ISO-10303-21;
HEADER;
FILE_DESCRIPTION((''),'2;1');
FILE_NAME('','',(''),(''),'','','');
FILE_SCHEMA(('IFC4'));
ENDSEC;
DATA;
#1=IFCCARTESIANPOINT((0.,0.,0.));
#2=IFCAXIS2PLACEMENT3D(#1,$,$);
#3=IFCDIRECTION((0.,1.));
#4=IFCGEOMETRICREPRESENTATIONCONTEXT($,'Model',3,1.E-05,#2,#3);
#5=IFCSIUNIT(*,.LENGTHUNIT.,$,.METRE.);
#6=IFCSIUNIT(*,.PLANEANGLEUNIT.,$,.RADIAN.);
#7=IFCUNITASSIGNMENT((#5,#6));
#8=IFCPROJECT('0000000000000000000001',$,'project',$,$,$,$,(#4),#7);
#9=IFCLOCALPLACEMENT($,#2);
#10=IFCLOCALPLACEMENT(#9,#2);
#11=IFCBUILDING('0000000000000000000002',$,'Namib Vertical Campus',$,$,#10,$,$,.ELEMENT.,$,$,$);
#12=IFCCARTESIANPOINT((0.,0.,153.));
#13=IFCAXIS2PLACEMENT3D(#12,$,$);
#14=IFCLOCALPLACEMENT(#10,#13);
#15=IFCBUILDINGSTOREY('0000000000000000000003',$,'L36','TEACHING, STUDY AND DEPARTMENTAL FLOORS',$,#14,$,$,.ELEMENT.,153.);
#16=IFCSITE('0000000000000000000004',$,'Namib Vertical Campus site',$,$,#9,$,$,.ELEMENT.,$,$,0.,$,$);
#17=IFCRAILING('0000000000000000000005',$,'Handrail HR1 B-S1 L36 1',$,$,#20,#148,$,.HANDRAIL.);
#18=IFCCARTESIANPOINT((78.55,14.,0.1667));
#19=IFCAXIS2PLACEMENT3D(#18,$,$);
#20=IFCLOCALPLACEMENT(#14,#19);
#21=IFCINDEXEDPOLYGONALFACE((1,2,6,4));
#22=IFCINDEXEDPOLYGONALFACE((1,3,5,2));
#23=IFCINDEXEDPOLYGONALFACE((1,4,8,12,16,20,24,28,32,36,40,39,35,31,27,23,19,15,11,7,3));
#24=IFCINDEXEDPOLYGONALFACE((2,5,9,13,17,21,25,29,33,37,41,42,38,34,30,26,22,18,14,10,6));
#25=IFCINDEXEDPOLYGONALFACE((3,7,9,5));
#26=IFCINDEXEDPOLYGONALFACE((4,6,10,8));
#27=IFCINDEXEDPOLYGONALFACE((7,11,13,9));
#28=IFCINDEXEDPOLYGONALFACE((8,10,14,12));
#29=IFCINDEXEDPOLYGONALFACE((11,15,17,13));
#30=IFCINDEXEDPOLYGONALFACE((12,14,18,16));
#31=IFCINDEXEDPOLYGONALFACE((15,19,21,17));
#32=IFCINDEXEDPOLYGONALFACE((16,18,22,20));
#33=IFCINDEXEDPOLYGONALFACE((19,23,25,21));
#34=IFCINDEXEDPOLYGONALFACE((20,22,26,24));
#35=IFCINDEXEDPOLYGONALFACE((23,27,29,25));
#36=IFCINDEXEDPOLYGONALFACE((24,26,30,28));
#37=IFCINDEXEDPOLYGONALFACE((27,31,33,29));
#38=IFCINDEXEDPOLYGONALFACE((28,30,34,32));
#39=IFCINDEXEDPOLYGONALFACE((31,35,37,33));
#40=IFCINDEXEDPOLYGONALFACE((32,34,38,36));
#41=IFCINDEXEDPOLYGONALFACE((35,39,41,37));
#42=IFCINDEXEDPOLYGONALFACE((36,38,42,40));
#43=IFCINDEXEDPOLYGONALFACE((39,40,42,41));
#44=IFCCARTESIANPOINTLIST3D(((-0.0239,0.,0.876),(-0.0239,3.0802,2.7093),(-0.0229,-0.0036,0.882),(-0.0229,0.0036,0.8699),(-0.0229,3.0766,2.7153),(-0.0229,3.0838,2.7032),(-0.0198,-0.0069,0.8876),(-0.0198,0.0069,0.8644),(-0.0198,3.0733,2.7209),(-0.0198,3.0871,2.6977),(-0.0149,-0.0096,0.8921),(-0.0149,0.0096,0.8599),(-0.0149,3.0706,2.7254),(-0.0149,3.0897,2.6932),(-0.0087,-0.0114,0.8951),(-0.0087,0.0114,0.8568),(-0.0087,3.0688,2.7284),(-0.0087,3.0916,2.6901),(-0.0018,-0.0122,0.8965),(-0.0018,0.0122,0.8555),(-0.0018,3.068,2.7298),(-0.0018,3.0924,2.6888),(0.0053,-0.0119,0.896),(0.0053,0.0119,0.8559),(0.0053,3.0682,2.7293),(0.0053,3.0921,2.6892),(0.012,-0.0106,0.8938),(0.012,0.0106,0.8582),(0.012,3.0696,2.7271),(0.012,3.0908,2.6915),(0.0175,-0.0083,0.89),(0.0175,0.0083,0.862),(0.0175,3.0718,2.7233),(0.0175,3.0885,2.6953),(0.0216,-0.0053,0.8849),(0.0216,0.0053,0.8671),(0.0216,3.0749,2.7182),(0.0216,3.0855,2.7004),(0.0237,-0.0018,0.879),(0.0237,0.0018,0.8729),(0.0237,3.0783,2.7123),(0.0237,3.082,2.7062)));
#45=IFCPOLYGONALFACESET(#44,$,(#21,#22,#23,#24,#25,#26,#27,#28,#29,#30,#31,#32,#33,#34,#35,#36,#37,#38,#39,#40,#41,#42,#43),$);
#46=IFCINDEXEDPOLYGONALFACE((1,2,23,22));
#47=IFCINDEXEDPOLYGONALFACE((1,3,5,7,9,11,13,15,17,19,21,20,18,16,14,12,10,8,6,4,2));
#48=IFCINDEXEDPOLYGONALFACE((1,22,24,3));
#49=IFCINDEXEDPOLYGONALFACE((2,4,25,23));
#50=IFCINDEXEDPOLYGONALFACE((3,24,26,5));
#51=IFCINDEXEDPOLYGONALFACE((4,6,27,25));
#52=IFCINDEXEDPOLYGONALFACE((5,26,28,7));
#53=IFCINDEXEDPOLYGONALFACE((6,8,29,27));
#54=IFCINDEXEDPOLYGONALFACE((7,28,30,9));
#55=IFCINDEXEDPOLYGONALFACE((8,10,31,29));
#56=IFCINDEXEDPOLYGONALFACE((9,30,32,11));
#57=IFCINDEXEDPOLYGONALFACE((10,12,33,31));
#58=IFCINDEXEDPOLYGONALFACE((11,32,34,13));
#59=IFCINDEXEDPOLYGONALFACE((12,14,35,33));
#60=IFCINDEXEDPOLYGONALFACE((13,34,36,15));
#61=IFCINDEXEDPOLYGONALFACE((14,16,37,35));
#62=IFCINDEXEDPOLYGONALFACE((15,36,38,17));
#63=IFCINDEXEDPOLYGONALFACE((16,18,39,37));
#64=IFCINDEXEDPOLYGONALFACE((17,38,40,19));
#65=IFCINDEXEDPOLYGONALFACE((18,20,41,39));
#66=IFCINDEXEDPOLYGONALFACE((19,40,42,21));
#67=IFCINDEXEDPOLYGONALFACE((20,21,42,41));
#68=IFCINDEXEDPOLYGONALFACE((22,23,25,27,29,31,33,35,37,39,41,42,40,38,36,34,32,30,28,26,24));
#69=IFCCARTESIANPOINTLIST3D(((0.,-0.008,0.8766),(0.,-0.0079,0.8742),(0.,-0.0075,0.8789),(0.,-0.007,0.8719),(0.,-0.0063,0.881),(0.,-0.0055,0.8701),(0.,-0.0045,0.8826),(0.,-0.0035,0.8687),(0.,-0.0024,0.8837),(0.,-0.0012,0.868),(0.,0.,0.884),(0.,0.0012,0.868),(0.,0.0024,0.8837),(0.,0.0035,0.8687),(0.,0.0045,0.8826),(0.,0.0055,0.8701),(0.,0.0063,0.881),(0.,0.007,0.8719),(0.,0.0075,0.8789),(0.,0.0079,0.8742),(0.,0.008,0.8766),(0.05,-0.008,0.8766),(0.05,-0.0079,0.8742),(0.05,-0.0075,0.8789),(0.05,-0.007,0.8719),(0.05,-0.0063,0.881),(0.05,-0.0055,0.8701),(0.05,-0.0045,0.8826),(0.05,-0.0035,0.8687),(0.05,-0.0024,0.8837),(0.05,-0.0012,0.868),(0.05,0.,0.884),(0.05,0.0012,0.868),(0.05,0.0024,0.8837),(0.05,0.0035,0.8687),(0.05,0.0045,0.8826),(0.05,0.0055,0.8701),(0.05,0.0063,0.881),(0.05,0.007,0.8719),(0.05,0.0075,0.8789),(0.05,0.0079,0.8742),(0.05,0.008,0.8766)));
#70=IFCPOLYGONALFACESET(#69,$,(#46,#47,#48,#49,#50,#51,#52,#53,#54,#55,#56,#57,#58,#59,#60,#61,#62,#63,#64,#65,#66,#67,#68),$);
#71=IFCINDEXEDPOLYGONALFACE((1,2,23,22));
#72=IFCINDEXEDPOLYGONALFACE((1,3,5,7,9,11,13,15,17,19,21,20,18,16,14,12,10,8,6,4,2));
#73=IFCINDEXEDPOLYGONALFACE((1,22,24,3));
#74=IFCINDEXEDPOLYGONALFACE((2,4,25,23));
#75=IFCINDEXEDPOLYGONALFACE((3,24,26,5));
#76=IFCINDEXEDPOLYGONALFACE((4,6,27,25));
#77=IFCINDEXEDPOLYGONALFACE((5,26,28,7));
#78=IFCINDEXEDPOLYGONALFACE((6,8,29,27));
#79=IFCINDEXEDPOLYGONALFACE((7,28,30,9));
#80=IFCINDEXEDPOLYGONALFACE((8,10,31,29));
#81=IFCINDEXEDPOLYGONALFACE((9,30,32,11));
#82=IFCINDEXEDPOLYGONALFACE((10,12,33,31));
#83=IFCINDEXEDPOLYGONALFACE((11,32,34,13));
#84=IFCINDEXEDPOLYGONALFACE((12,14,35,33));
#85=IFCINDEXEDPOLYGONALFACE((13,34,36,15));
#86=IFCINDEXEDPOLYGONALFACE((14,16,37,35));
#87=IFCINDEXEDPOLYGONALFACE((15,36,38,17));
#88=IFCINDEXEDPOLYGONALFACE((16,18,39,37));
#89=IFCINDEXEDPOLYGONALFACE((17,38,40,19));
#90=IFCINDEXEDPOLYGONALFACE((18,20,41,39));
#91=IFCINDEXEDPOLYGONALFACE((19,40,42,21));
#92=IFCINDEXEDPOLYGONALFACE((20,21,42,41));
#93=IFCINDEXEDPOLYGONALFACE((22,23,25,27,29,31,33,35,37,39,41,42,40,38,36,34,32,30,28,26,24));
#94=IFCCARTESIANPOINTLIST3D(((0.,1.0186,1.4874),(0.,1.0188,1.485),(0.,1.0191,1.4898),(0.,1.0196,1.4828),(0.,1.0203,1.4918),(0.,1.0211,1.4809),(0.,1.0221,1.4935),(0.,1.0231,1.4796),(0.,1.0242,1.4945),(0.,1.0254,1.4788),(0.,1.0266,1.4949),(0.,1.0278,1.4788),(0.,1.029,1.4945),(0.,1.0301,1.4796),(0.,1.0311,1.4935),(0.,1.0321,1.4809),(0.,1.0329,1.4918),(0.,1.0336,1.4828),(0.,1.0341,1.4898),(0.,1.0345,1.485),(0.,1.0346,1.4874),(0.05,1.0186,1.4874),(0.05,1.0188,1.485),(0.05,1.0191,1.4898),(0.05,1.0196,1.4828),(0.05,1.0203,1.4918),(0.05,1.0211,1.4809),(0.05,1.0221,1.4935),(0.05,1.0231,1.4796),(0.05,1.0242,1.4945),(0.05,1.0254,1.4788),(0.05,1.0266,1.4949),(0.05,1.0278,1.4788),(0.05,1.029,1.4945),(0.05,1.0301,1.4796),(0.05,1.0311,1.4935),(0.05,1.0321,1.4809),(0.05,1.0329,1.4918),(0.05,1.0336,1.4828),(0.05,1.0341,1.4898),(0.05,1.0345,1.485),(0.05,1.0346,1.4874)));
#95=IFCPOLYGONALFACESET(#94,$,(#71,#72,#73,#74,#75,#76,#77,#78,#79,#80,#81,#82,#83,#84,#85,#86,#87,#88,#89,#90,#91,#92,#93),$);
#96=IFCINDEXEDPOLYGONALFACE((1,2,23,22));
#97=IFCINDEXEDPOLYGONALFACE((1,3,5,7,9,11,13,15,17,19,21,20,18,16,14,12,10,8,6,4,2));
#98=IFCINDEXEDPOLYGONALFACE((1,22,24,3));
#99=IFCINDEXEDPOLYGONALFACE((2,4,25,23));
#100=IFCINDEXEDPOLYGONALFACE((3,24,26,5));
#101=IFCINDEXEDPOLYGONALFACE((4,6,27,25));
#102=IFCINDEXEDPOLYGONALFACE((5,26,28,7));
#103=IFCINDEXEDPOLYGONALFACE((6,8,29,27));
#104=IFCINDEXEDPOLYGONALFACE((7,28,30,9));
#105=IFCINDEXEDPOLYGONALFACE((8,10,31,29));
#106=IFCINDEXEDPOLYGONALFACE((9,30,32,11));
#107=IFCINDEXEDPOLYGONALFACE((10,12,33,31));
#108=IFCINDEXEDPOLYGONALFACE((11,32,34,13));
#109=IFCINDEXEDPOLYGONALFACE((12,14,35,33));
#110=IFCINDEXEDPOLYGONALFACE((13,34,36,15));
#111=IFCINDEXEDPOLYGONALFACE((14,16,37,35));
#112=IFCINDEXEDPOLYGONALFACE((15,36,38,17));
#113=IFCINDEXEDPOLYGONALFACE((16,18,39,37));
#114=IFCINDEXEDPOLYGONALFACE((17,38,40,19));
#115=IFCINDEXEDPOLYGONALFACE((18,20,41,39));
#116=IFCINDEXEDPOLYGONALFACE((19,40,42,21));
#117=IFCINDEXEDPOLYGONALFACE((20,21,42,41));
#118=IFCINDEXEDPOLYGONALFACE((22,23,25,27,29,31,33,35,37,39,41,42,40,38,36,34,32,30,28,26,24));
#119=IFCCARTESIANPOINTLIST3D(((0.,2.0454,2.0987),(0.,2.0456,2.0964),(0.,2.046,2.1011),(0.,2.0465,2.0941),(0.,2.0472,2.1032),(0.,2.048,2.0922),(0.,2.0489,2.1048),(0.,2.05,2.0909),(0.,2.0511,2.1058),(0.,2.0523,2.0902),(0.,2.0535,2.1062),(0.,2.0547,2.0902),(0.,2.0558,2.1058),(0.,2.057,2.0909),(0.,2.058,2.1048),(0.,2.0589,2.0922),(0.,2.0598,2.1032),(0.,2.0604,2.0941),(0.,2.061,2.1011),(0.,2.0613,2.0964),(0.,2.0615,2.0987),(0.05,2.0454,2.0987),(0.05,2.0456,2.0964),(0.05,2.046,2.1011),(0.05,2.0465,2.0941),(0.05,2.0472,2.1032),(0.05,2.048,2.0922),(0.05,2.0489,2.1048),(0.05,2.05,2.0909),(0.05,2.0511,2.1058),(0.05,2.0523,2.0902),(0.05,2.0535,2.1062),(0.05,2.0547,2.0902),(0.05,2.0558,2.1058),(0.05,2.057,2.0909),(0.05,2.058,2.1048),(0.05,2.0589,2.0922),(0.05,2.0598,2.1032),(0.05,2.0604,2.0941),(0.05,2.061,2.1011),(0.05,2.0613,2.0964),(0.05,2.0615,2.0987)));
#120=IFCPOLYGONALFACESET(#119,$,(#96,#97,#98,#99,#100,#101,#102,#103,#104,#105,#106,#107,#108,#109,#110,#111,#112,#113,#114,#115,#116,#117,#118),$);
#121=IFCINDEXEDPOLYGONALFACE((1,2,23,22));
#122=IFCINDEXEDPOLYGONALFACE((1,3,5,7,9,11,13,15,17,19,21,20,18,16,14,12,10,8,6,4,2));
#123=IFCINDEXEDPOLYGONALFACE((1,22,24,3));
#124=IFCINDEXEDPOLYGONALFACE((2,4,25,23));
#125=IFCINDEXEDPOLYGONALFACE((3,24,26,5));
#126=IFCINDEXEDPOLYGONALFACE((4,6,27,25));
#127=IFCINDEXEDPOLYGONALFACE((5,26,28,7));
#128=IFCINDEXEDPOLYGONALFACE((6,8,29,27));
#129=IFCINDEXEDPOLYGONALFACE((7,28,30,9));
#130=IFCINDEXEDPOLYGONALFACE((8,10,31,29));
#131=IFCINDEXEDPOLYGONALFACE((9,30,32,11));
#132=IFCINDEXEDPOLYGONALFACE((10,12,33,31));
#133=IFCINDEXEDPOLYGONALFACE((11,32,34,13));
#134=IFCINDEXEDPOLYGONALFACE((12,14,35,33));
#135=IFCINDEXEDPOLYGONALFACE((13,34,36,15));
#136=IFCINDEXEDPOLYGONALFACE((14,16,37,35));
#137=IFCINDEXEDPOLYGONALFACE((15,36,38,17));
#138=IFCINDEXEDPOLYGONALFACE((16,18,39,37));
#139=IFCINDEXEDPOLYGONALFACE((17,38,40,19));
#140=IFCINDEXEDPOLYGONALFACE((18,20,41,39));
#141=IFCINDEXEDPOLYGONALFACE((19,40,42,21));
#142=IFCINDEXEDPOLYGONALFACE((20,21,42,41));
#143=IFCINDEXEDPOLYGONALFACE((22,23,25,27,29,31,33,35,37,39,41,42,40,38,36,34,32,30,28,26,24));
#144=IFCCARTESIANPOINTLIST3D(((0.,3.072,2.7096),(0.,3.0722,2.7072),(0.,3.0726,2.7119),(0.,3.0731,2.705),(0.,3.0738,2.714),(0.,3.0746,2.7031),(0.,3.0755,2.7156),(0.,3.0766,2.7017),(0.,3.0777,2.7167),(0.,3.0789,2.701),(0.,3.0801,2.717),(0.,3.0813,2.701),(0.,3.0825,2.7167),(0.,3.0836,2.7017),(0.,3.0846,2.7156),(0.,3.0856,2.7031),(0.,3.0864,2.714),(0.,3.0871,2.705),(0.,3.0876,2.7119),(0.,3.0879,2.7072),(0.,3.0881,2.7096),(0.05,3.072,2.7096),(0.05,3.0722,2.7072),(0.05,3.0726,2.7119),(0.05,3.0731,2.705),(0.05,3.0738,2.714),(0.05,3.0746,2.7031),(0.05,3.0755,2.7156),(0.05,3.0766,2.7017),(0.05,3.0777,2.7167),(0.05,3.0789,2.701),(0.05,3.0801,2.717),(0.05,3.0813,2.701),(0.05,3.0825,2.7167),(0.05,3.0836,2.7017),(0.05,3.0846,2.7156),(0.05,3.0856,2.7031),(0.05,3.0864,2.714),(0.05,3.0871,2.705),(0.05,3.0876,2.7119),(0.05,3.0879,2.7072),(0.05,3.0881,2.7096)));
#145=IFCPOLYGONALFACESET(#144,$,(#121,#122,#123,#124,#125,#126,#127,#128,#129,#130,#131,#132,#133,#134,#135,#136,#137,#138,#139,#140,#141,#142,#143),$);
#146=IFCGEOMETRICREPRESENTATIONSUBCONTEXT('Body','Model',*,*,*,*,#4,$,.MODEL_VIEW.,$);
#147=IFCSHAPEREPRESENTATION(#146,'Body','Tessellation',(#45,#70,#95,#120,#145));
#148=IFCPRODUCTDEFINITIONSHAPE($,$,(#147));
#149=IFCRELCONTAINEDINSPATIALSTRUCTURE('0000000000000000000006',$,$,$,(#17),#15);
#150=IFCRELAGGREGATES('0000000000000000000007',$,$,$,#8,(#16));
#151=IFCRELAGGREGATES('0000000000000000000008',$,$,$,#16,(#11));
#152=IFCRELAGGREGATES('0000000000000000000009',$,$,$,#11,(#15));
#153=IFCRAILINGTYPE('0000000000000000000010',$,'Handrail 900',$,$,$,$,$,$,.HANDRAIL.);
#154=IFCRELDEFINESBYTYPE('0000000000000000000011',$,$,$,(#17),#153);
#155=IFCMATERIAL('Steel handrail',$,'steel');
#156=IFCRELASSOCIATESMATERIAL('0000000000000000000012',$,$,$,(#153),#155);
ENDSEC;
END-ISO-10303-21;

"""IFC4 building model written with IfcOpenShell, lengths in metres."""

from ifc_helpers import new_model, si_unit, direction, frame, origin, origin_2d, place, context, subcontext, project, spatial, circle, extrude, material, type_object, element, save


model = new_model("IFC4")

# Units and contexts
model_context = context("Model", 3, precision=1e-05, world=origin(), true_north=direction((0.0, 1.0)))
body_context = subcontext(model_context, "Body", "Model", "MODEL_VIEW")
ifc_project = project(units=[si_unit("LENGTHUNIT", "METRE"), si_unit("PLANEANGLEUNIT", "RADIAN")], contexts=[model_context])

# Site, building, storey
site_placement = place(None, origin())
site = spatial("IfcSite", under=ifc_project, at=site_placement, Name="Namib Vertical Campus site", CompositionType="ELEMENT", RefElevation=0.0)
building_placement = place(site_placement, origin())
building = spatial("IfcBuilding", under=site, at=building_placement, Name="Namib Vertical Campus", CompositionType="ELEMENT")
storey_placement = place(building_placement, frame((0.0, 0.0, 153.0)))
storey = spatial("IfcBuildingStorey", under=building, at=storey_placement, Name="L36", Description="TEACHING, STUDY AND DEPARTMENTAL FLOORS", CompositionType="ELEMENT", Elevation=153.0)

# Railing
ifc_material_1 = material(Name="Steel handrail", Category="steel")
railing_type_1 = type_object("IfcRailingType", Name="Handrail 900", PredefinedType="HANDRAIL", material=ifc_material_1)
railing_1_placement = place(storey_placement, frame((78.55, 14.0, 0.1667)))
element("IfcRailing", 1, at=railing_1_placement, inside=storey, type_object=railing_type_1, Name="Handrail HR1 B-S1 L36 1", PredefinedType="HANDRAIL", context=body_context, shape_type="SweptSolid", body=[
    extrude(circle(Radius=0.0239, at=origin_2d()), frame((0.0, 0.0, 0.876), z_axis=(0.0, 0.859309, 0.511458), x_axis=(-1.0, 0.0, 0.0)), (0.0, 0.0, 1.0), 3.5845),
    extrude(circle(Radius=0.0081, at=origin_2d()), frame((0.0, 0.0, 0.876), z_axis=(1.0, 0.0, 0.0), x_axis=(0.0, 0.0, 1.0)), (0.0, 0.0, 1.0), 0.05),
    extrude(circle(Radius=0.0081, at=origin_2d()), frame((0.0, 1.0266, 1.4868), z_axis=(1.0, 0.0, 0.0), x_axis=(0.0, 0.0, 1.0)), (0.0, 0.0, 1.0), 0.05),
    extrude(circle(Radius=0.0081, at=origin_2d()), frame((0.0, 2.0535, 2.0981), z_axis=(1.0, 0.0, 0.0), x_axis=(0.0, 0.0, 1.0)), (0.0, 0.0, 1.0), 0.05),
    extrude(circle(Radius=0.0081, at=origin_2d()), frame((0.0, 3.0801, 2.709), z_axis=(1.0, 0.0, 0.0), x_axis=(0.0, 0.0, 1.0)), (0.0, 0.0, 1.0), 0.05),
])

save(model, "model.ifc")
